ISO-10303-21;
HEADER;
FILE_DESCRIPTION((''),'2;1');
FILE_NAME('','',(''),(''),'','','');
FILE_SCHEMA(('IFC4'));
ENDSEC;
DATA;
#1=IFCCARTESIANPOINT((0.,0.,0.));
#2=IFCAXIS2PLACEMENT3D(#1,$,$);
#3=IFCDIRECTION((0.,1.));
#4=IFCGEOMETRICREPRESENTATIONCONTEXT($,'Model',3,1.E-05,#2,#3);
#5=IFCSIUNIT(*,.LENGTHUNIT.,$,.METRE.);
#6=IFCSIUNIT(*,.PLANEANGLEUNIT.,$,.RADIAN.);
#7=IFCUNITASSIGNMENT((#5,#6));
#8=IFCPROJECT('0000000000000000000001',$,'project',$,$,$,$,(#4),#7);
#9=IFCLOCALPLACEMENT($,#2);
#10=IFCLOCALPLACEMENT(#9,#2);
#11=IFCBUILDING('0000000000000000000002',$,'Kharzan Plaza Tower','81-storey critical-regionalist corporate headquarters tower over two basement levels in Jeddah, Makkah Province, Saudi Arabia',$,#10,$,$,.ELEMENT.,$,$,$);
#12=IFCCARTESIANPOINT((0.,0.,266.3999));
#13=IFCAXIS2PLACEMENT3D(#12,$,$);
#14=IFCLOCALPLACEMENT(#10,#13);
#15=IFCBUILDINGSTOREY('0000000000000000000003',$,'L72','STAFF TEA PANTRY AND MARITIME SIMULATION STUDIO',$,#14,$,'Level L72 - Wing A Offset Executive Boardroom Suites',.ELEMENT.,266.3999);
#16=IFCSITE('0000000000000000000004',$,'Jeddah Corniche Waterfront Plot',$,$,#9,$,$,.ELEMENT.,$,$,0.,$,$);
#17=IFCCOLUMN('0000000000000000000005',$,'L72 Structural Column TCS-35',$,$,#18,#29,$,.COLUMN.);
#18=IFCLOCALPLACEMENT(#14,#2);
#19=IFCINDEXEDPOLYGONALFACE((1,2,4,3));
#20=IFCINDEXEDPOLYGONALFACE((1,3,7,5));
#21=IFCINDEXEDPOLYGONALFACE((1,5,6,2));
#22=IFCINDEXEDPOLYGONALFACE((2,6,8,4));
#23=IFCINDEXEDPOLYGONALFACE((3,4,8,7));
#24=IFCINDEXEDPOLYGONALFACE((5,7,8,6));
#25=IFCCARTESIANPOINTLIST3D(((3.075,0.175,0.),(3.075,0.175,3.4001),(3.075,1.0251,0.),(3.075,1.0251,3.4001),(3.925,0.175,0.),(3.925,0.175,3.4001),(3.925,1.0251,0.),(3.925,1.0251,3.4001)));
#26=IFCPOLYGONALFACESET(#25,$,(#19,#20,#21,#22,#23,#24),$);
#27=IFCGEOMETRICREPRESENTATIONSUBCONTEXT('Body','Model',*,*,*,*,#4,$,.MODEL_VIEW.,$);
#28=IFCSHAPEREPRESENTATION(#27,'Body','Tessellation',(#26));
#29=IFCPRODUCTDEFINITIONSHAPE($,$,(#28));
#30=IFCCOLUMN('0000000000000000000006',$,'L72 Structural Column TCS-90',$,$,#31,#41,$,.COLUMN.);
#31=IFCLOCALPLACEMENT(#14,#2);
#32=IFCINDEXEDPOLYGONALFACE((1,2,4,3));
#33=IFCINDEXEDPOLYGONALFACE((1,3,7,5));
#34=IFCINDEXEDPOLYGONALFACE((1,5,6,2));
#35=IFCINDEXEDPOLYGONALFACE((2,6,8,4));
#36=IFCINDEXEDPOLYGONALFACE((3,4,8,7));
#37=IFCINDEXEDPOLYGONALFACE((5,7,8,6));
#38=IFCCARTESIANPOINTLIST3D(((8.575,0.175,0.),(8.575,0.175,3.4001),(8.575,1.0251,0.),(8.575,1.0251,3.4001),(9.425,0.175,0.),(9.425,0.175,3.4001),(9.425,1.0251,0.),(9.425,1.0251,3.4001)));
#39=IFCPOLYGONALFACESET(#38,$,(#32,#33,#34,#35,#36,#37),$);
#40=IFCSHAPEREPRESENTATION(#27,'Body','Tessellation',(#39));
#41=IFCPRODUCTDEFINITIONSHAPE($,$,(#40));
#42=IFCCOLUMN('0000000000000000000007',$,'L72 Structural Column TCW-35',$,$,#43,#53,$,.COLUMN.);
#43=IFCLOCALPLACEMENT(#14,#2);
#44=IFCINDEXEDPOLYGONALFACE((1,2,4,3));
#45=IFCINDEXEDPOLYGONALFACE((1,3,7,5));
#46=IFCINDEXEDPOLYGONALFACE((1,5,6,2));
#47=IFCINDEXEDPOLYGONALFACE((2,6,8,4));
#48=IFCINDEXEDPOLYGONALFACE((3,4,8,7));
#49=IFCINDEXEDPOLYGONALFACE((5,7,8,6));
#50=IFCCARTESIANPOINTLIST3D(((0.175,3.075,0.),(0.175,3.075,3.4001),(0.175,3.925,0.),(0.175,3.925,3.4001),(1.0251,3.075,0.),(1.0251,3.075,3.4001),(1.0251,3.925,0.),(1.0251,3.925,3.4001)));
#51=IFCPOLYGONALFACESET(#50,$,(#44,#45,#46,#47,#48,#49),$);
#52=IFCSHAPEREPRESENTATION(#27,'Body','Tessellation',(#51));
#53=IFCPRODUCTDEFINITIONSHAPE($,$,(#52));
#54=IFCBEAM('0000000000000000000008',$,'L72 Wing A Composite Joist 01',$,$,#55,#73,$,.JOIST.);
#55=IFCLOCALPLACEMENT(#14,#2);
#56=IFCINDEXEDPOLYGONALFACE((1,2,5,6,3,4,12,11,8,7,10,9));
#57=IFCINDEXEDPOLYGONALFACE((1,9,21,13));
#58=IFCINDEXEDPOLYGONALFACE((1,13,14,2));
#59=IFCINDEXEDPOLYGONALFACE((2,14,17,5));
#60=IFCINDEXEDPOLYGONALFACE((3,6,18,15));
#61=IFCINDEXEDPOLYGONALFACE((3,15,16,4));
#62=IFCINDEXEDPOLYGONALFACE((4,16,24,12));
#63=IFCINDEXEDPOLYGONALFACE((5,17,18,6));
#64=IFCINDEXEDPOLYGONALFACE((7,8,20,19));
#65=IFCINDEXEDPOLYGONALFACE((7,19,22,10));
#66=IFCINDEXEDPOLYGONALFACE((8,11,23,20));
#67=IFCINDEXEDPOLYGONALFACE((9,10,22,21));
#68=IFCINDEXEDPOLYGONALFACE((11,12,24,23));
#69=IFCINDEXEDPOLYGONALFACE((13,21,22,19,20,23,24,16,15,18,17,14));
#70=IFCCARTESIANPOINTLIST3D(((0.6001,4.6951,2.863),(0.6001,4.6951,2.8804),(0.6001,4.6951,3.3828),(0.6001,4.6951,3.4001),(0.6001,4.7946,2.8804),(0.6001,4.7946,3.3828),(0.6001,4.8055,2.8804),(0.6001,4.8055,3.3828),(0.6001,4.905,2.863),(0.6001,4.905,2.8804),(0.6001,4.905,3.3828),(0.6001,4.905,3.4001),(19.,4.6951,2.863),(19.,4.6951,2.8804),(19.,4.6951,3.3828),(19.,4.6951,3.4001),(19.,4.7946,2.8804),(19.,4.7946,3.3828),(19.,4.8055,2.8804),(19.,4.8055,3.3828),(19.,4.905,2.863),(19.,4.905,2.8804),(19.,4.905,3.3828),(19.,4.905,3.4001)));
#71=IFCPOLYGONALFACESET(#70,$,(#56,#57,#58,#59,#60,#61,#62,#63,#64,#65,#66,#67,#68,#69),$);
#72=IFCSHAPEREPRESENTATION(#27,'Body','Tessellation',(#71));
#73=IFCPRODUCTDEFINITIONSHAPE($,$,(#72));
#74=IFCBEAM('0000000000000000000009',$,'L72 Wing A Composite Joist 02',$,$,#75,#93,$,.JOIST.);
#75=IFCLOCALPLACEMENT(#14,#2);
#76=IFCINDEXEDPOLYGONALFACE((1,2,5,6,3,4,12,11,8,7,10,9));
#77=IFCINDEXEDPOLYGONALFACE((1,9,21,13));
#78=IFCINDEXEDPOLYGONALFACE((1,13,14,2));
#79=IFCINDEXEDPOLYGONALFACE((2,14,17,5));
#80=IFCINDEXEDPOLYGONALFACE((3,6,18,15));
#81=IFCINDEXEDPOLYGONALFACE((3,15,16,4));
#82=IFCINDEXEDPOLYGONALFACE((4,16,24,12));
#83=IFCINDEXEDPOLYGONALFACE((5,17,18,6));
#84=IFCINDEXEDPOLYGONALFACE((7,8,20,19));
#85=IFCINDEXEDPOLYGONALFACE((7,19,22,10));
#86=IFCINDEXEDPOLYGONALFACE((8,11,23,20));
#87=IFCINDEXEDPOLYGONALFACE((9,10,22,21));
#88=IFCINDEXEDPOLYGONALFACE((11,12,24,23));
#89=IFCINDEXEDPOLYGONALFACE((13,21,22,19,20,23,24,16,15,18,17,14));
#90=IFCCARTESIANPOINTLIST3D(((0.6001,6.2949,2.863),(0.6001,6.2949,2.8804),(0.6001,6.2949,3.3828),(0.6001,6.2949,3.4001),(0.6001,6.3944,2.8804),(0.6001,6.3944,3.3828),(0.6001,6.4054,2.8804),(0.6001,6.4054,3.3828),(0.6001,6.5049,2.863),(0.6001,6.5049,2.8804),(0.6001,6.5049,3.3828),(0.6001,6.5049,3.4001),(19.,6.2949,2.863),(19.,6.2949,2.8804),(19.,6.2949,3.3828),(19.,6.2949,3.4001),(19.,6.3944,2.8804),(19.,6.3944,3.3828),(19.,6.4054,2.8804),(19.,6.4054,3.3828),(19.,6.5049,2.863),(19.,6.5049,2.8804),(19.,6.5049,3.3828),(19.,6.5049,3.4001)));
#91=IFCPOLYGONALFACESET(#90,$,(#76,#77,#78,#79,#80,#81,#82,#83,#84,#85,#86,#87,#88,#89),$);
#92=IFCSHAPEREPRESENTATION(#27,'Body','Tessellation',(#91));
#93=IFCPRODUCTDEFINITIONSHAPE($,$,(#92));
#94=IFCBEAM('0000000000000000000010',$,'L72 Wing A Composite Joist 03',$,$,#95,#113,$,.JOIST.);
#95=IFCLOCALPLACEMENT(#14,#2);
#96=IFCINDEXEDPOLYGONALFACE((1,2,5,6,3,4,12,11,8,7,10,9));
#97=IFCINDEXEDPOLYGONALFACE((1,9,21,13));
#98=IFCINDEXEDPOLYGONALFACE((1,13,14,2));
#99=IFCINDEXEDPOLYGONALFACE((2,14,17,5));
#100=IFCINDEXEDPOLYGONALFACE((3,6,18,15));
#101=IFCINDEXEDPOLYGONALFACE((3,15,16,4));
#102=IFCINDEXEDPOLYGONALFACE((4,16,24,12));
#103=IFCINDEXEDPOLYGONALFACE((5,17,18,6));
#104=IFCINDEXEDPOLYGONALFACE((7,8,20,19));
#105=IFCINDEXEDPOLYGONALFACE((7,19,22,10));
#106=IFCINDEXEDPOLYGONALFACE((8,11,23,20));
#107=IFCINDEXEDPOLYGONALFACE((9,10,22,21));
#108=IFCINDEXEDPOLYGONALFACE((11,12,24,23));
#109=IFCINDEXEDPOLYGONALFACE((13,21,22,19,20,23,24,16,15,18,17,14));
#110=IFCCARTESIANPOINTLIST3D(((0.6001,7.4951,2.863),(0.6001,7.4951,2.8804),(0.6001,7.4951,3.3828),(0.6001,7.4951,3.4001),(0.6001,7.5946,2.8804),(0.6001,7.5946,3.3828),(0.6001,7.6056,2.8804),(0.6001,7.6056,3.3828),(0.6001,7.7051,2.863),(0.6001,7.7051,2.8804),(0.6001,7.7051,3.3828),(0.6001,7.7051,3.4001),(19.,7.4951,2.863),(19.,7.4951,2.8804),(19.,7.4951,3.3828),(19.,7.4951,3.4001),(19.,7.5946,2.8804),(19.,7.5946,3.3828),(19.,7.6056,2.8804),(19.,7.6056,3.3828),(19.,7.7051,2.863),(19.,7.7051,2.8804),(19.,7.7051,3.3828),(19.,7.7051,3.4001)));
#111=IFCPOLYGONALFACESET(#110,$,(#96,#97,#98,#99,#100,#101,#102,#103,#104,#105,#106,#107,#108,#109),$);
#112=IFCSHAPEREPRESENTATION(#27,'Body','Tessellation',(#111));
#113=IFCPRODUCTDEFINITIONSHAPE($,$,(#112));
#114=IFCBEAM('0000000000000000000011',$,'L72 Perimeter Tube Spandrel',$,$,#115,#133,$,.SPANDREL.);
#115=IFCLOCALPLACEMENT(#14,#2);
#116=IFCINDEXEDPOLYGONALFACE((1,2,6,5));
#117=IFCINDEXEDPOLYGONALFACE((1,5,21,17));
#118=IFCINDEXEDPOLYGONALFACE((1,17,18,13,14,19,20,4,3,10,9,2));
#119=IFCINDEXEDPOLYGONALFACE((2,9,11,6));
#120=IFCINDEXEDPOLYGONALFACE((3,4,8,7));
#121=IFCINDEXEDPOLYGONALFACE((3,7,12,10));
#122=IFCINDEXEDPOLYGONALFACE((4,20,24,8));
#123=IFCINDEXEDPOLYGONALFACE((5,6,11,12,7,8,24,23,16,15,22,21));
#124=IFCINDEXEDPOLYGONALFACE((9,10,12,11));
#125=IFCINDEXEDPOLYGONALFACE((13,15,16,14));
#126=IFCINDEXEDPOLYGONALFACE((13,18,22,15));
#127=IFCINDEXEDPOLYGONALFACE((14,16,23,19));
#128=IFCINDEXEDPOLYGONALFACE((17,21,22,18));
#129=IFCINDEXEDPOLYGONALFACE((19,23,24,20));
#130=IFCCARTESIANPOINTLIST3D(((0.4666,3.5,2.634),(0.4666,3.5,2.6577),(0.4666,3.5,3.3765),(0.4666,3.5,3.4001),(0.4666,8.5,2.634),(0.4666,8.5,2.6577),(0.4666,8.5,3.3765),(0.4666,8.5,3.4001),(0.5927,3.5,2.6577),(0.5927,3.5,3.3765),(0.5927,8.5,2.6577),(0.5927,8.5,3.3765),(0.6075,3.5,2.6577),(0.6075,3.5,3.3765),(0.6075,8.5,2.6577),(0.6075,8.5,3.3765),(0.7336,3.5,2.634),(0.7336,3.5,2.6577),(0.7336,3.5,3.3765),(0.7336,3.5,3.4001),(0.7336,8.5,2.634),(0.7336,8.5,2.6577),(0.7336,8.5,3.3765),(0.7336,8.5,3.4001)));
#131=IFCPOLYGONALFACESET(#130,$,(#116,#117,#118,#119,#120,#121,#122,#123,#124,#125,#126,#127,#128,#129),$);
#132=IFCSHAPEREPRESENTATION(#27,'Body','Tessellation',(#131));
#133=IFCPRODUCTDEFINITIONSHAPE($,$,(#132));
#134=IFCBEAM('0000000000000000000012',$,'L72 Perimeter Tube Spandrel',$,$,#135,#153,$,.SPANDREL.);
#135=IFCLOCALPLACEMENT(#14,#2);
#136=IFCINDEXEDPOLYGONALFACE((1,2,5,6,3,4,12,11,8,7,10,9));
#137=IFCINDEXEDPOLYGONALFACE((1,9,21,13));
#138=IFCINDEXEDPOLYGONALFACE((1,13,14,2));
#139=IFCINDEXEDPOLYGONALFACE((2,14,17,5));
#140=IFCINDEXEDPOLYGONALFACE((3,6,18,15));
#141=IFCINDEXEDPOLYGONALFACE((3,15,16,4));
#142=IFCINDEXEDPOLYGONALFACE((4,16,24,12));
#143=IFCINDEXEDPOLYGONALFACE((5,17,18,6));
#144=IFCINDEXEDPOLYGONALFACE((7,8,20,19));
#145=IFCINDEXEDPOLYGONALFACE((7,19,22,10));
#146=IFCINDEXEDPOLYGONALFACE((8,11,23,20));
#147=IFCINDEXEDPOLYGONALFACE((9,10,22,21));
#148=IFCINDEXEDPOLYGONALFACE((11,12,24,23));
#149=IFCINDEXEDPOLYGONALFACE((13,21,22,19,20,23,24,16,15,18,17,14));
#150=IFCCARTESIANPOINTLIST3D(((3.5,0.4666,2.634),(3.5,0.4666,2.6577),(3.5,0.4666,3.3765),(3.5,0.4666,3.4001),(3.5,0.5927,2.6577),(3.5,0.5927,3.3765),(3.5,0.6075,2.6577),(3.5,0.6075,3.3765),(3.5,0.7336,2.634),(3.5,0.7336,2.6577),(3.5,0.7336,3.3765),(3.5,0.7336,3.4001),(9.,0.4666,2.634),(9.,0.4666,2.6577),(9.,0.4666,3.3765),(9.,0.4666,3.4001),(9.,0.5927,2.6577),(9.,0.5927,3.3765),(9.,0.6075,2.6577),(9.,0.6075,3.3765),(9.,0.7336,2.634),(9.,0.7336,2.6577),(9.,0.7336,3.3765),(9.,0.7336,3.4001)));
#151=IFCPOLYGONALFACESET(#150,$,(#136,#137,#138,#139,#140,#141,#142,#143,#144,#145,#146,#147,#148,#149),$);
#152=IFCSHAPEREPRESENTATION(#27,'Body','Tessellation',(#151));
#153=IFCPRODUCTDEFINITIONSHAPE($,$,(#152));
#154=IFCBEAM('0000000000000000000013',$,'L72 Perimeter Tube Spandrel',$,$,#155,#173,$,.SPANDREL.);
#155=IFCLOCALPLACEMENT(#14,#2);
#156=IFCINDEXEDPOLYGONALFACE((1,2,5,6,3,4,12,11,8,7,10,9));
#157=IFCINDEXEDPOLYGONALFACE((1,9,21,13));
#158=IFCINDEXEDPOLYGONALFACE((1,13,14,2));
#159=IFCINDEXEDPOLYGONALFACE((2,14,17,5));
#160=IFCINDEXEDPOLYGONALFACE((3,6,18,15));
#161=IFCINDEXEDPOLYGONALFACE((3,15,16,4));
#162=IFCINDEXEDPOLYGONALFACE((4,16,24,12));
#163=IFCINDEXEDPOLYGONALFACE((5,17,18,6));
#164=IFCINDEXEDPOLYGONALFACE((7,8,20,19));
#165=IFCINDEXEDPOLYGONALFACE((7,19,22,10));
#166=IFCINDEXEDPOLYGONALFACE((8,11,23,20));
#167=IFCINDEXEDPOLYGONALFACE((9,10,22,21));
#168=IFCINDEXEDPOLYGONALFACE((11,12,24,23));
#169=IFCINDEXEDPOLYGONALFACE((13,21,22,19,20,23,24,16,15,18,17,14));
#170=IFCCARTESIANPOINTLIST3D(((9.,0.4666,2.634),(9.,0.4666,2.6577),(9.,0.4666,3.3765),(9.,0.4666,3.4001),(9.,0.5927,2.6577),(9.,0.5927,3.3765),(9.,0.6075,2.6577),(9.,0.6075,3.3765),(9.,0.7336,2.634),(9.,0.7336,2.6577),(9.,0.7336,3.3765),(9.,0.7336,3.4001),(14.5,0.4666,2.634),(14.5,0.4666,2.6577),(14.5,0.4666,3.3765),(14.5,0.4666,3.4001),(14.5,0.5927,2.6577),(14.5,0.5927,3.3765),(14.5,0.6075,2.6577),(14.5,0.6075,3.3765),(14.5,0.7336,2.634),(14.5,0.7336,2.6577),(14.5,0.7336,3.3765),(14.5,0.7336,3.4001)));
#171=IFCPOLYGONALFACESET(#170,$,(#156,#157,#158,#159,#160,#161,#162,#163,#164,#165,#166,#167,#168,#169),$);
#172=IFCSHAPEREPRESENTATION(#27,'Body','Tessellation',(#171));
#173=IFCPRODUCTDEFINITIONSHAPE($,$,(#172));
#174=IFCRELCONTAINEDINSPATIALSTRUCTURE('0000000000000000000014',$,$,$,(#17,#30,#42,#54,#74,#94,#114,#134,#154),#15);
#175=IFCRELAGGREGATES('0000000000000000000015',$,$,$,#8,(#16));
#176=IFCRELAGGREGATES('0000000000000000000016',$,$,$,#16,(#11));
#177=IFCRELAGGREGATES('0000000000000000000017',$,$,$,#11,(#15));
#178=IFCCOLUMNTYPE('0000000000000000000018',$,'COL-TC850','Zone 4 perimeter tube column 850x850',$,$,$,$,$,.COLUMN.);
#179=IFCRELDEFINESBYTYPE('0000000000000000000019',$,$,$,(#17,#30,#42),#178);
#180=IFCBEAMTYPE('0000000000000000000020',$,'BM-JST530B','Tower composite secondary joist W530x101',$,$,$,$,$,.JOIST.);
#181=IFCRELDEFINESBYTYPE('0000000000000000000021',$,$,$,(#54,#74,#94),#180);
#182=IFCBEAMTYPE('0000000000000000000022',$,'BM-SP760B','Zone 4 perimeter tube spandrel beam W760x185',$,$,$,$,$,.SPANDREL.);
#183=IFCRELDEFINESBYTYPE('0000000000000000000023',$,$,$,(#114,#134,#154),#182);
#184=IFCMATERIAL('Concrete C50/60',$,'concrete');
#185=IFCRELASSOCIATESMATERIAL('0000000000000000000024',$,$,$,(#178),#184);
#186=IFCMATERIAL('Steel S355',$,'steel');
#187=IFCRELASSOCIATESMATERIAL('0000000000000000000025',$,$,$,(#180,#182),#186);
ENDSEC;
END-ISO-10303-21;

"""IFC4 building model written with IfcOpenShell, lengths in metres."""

from ifc_helpers import new_model, si_unit, direction, frame, origin, origin_2d, place, context, subcontext, project, spatial, rectangle, i_section, extrude, source, transform, mapped, material, material_profile, profile_set, type_object, element, save


model = new_model("IFC4")

# Units and contexts
model_context = context("Model", 3, precision=1e-05, world=origin(), true_north=direction((0.0, 1.0)))
body_context = subcontext(model_context, "Body", "Model", "MODEL_VIEW")
ifc_project = project(units=[si_unit("LENGTHUNIT", "METRE"), si_unit("PLANEANGLEUNIT", "RADIAN")], contexts=[model_context])

# Site, building, storey
site_placement = place(None, origin())
site = spatial("IfcSite", under=ifc_project, at=site_placement, Name="Jeddah Corniche Waterfront Plot", CompositionType="ELEMENT", RefElevation=0.0)
building_placement = place(site_placement, origin())
building = spatial("IfcBuilding", under=site, at=building_placement, Name="Kharzan Plaza Tower", Description="81-storey critical-regionalist corporate headquarters tower over two basement levels in Jeddah, Makkah Province, Saudi Arabia", CompositionType="ELEMENT")
storey_placement = place(building_placement, frame((0.0, 0.0, 266.3999)))
storey = spatial("IfcBuildingStorey", under=building, at=storey_placement, Name="L72", Description="STAFF TEA PANTRY AND MARITIME SIMULATION STUDIO", LongName="Level L72 - Wing A Offset Executive Boardroom Suites", CompositionType="ELEMENT", Elevation=266.3999)

# Columns
ifc_material_1 = material(Name="Concrete C50/60", Category="concrete")
ifc_material_profile_1 = material_profile(ifc_material_1, rectangle(XDim=0.8501, YDim=0.8501, at=origin_2d()), Name="RC-TC850x850")
ifc_profile_set_1 = profile_set([ifc_material_profile_1], Name="Concrete C50/60")
column_type = type_object("IfcColumnType", Name="COL-TC850", Description="Zone 4 perimeter tube column 850x850", PredefinedType="COLUMN", material=ifc_profile_set_1)
shared_shape_1 = source(origin(), body_context, "Body", "SweptSolid", [
    extrude(rectangle(XDim=0.8501, YDim=0.8501, at=origin_2d()), origin(), (0.0, 0.0, 1.0), 3.4001),
])
for number, where, z_axis, x_axis, name in (
    (1, (3.5, 0.6001, 0.0), (0.0, 0.0, 1.0), (1.0, 0.0, 0.0), "L72 Structural Column TCS-35"),
    (2, (9.0, 0.6001, 0.0), (0.0, 0.0, 1.0), (1.0, 0.0, 0.0), "L72 Structural Column TCS-90"),
    (3, (0.6001, 3.5, 0.0), (0.0, 0.0, 1.0), (1.0, 0.0, 0.0), "L72 Structural Column TCW-35"),
):
    element("IfcColumn", number, at=place(storey_placement, frame(where, z_axis=z_axis, x_axis=x_axis)), inside=storey, type_object=column_type, Name=name, PredefinedType="COLUMN", context=body_context, shape_type="MappedRepresentation", body=[
        mapped(shared_shape_1, transform((0.0, 0.0, 0.0), x_axis=(1.0, 0.0, 0.0), y_axis=(0.0, 1.0, 0.0), z_axis=(0.0, 0.0, 1.0))),
    ])

# Beams
ifc_material_2 = material(Name="Steel S355", Category="steel")
ifc_material_profile_2 = material_profile(ifc_material_2, i_section(OverallWidth=0.21, OverallDepth=0.5371, WebThickness=0.011, FlangeThickness=0.0173, at=origin_2d()), Name="W530x101")
ifc_profile_set_2 = profile_set([ifc_material_profile_2], Name="Steel S355")
beam_type_1 = type_object("IfcBeamType", Name="BM-JST530B", Description="Tower composite secondary joist W530x101", PredefinedType="JOIST", material=ifc_profile_set_2)
shared_shape_2 = source(origin(), body_context, "Body", "SweptSolid", [
    extrude(i_section(OverallWidth=0.21, OverallDepth=0.5371, WebThickness=0.011, FlangeThickness=0.0173, at=origin_2d()), origin(), (0.0, 0.0, 1.0), 18.3999),
])
for number, where, z_axis, x_axis, name in (
    (4, (0.6001, 4.8, 3.1316), (1.0, 0.0, 0.0), (0.0, 1.0, 0.0), "L72 Wing A Composite Joist 01"),
    (5, (0.6001, 6.3999, 3.1316), (1.0, 0.0, 0.0), (0.0, 1.0, 0.0), "L72 Wing A Composite Joist 02"),
    (6, (0.6001, 7.6001, 3.1316), (1.0, 0.0, 0.0), (0.0, 1.0, 0.0), "L72 Wing A Composite Joist 03"),
):
    element("IfcBeam", number, at=place(storey_placement, frame(where, z_axis=z_axis, x_axis=x_axis)), inside=storey, type_object=beam_type_1, Name=name, PredefinedType="JOIST", context=body_context, shape_type="MappedRepresentation", body=[
        mapped(shared_shape_2, transform((0.0, 0.0, 0.0), x_axis=(1.0, 0.0, 0.0), y_axis=(0.0, 1.0, 0.0), z_axis=(0.0, 0.0, 1.0))),
    ])
ifc_material_profile_3 = material_profile(ifc_material_2, i_section(OverallWidth=0.2671, OverallDepth=0.7661, WebThickness=0.0149, FlangeThickness=0.0237, at=origin_2d()), Name="W760x185")
ifc_profile_set_3 = profile_set([ifc_material_profile_3], Name="Steel S355")
beam_type_2 = type_object("IfcBeamType", Name="BM-SP760B", Description="Zone 4 perimeter tube spandrel beam W760x185", PredefinedType="SPANDREL", material=ifc_profile_set_3)
shared_shape_3 = source(origin(), body_context, "Body", "SweptSolid", [
    extrude(i_section(OverallWidth=0.2671, OverallDepth=0.7661, WebThickness=0.0149, FlangeThickness=0.0237, at=origin_2d()), origin(), (0.0, 0.0, 1.0), 5.0),
])
beam_placement = place(storey_placement, frame((0.6001, 3.5, 3.0171), z_axis=(0.0, 1.0, 0.0), x_axis=(-1.0, 0.0, 0.0)))
element("IfcBeam", 7, at=beam_placement, inside=storey, type_object=beam_type_2, Name="L72 Perimeter Tube Spandrel", PredefinedType="SPANDREL", context=body_context, shape_type="MappedRepresentation", body=[
    mapped(shared_shape_3, transform((0.0, 0.0, 0.0), x_axis=(1.0, 0.0, 0.0), y_axis=(0.0, 1.0, 0.0), z_axis=(0.0, 0.0, 1.0))),
])
shared_shape_4 = source(origin(), body_context, "Body", "SweptSolid", [
    extrude(i_section(OverallWidth=0.2671, OverallDepth=0.7661, WebThickness=0.0149, FlangeThickness=0.0237, at=origin_2d()), origin(), (0.0, 0.0, 1.0), 5.5),
])
for number, where, z_axis, x_axis, name in (
    (8, (3.5, 0.6001, 3.0171), (1.0, 0.0, 0.0), (0.0, 1.0, 0.0), "L72 Perimeter Tube Spandrel"),
    (9, (9.0, 0.6001, 3.0171), (1.0, 0.0, 0.0), (0.0, 1.0, 0.0), "L72 Perimeter Tube Spandrel"),
):
    element("IfcBeam", number, at=place(storey_placement, frame(where, z_axis=z_axis, x_axis=x_axis)), inside=storey, type_object=beam_type_2, Name=name, PredefinedType="SPANDREL", context=body_context, shape_type="MappedRepresentation", body=[
        mapped(shared_shape_4, transform((0.0, 0.0, 0.0), x_axis=(1.0, 0.0, 0.0), y_axis=(0.0, 1.0, 0.0), z_axis=(0.0, 0.0, 1.0))),
    ])

save(model, "model.ifc")
